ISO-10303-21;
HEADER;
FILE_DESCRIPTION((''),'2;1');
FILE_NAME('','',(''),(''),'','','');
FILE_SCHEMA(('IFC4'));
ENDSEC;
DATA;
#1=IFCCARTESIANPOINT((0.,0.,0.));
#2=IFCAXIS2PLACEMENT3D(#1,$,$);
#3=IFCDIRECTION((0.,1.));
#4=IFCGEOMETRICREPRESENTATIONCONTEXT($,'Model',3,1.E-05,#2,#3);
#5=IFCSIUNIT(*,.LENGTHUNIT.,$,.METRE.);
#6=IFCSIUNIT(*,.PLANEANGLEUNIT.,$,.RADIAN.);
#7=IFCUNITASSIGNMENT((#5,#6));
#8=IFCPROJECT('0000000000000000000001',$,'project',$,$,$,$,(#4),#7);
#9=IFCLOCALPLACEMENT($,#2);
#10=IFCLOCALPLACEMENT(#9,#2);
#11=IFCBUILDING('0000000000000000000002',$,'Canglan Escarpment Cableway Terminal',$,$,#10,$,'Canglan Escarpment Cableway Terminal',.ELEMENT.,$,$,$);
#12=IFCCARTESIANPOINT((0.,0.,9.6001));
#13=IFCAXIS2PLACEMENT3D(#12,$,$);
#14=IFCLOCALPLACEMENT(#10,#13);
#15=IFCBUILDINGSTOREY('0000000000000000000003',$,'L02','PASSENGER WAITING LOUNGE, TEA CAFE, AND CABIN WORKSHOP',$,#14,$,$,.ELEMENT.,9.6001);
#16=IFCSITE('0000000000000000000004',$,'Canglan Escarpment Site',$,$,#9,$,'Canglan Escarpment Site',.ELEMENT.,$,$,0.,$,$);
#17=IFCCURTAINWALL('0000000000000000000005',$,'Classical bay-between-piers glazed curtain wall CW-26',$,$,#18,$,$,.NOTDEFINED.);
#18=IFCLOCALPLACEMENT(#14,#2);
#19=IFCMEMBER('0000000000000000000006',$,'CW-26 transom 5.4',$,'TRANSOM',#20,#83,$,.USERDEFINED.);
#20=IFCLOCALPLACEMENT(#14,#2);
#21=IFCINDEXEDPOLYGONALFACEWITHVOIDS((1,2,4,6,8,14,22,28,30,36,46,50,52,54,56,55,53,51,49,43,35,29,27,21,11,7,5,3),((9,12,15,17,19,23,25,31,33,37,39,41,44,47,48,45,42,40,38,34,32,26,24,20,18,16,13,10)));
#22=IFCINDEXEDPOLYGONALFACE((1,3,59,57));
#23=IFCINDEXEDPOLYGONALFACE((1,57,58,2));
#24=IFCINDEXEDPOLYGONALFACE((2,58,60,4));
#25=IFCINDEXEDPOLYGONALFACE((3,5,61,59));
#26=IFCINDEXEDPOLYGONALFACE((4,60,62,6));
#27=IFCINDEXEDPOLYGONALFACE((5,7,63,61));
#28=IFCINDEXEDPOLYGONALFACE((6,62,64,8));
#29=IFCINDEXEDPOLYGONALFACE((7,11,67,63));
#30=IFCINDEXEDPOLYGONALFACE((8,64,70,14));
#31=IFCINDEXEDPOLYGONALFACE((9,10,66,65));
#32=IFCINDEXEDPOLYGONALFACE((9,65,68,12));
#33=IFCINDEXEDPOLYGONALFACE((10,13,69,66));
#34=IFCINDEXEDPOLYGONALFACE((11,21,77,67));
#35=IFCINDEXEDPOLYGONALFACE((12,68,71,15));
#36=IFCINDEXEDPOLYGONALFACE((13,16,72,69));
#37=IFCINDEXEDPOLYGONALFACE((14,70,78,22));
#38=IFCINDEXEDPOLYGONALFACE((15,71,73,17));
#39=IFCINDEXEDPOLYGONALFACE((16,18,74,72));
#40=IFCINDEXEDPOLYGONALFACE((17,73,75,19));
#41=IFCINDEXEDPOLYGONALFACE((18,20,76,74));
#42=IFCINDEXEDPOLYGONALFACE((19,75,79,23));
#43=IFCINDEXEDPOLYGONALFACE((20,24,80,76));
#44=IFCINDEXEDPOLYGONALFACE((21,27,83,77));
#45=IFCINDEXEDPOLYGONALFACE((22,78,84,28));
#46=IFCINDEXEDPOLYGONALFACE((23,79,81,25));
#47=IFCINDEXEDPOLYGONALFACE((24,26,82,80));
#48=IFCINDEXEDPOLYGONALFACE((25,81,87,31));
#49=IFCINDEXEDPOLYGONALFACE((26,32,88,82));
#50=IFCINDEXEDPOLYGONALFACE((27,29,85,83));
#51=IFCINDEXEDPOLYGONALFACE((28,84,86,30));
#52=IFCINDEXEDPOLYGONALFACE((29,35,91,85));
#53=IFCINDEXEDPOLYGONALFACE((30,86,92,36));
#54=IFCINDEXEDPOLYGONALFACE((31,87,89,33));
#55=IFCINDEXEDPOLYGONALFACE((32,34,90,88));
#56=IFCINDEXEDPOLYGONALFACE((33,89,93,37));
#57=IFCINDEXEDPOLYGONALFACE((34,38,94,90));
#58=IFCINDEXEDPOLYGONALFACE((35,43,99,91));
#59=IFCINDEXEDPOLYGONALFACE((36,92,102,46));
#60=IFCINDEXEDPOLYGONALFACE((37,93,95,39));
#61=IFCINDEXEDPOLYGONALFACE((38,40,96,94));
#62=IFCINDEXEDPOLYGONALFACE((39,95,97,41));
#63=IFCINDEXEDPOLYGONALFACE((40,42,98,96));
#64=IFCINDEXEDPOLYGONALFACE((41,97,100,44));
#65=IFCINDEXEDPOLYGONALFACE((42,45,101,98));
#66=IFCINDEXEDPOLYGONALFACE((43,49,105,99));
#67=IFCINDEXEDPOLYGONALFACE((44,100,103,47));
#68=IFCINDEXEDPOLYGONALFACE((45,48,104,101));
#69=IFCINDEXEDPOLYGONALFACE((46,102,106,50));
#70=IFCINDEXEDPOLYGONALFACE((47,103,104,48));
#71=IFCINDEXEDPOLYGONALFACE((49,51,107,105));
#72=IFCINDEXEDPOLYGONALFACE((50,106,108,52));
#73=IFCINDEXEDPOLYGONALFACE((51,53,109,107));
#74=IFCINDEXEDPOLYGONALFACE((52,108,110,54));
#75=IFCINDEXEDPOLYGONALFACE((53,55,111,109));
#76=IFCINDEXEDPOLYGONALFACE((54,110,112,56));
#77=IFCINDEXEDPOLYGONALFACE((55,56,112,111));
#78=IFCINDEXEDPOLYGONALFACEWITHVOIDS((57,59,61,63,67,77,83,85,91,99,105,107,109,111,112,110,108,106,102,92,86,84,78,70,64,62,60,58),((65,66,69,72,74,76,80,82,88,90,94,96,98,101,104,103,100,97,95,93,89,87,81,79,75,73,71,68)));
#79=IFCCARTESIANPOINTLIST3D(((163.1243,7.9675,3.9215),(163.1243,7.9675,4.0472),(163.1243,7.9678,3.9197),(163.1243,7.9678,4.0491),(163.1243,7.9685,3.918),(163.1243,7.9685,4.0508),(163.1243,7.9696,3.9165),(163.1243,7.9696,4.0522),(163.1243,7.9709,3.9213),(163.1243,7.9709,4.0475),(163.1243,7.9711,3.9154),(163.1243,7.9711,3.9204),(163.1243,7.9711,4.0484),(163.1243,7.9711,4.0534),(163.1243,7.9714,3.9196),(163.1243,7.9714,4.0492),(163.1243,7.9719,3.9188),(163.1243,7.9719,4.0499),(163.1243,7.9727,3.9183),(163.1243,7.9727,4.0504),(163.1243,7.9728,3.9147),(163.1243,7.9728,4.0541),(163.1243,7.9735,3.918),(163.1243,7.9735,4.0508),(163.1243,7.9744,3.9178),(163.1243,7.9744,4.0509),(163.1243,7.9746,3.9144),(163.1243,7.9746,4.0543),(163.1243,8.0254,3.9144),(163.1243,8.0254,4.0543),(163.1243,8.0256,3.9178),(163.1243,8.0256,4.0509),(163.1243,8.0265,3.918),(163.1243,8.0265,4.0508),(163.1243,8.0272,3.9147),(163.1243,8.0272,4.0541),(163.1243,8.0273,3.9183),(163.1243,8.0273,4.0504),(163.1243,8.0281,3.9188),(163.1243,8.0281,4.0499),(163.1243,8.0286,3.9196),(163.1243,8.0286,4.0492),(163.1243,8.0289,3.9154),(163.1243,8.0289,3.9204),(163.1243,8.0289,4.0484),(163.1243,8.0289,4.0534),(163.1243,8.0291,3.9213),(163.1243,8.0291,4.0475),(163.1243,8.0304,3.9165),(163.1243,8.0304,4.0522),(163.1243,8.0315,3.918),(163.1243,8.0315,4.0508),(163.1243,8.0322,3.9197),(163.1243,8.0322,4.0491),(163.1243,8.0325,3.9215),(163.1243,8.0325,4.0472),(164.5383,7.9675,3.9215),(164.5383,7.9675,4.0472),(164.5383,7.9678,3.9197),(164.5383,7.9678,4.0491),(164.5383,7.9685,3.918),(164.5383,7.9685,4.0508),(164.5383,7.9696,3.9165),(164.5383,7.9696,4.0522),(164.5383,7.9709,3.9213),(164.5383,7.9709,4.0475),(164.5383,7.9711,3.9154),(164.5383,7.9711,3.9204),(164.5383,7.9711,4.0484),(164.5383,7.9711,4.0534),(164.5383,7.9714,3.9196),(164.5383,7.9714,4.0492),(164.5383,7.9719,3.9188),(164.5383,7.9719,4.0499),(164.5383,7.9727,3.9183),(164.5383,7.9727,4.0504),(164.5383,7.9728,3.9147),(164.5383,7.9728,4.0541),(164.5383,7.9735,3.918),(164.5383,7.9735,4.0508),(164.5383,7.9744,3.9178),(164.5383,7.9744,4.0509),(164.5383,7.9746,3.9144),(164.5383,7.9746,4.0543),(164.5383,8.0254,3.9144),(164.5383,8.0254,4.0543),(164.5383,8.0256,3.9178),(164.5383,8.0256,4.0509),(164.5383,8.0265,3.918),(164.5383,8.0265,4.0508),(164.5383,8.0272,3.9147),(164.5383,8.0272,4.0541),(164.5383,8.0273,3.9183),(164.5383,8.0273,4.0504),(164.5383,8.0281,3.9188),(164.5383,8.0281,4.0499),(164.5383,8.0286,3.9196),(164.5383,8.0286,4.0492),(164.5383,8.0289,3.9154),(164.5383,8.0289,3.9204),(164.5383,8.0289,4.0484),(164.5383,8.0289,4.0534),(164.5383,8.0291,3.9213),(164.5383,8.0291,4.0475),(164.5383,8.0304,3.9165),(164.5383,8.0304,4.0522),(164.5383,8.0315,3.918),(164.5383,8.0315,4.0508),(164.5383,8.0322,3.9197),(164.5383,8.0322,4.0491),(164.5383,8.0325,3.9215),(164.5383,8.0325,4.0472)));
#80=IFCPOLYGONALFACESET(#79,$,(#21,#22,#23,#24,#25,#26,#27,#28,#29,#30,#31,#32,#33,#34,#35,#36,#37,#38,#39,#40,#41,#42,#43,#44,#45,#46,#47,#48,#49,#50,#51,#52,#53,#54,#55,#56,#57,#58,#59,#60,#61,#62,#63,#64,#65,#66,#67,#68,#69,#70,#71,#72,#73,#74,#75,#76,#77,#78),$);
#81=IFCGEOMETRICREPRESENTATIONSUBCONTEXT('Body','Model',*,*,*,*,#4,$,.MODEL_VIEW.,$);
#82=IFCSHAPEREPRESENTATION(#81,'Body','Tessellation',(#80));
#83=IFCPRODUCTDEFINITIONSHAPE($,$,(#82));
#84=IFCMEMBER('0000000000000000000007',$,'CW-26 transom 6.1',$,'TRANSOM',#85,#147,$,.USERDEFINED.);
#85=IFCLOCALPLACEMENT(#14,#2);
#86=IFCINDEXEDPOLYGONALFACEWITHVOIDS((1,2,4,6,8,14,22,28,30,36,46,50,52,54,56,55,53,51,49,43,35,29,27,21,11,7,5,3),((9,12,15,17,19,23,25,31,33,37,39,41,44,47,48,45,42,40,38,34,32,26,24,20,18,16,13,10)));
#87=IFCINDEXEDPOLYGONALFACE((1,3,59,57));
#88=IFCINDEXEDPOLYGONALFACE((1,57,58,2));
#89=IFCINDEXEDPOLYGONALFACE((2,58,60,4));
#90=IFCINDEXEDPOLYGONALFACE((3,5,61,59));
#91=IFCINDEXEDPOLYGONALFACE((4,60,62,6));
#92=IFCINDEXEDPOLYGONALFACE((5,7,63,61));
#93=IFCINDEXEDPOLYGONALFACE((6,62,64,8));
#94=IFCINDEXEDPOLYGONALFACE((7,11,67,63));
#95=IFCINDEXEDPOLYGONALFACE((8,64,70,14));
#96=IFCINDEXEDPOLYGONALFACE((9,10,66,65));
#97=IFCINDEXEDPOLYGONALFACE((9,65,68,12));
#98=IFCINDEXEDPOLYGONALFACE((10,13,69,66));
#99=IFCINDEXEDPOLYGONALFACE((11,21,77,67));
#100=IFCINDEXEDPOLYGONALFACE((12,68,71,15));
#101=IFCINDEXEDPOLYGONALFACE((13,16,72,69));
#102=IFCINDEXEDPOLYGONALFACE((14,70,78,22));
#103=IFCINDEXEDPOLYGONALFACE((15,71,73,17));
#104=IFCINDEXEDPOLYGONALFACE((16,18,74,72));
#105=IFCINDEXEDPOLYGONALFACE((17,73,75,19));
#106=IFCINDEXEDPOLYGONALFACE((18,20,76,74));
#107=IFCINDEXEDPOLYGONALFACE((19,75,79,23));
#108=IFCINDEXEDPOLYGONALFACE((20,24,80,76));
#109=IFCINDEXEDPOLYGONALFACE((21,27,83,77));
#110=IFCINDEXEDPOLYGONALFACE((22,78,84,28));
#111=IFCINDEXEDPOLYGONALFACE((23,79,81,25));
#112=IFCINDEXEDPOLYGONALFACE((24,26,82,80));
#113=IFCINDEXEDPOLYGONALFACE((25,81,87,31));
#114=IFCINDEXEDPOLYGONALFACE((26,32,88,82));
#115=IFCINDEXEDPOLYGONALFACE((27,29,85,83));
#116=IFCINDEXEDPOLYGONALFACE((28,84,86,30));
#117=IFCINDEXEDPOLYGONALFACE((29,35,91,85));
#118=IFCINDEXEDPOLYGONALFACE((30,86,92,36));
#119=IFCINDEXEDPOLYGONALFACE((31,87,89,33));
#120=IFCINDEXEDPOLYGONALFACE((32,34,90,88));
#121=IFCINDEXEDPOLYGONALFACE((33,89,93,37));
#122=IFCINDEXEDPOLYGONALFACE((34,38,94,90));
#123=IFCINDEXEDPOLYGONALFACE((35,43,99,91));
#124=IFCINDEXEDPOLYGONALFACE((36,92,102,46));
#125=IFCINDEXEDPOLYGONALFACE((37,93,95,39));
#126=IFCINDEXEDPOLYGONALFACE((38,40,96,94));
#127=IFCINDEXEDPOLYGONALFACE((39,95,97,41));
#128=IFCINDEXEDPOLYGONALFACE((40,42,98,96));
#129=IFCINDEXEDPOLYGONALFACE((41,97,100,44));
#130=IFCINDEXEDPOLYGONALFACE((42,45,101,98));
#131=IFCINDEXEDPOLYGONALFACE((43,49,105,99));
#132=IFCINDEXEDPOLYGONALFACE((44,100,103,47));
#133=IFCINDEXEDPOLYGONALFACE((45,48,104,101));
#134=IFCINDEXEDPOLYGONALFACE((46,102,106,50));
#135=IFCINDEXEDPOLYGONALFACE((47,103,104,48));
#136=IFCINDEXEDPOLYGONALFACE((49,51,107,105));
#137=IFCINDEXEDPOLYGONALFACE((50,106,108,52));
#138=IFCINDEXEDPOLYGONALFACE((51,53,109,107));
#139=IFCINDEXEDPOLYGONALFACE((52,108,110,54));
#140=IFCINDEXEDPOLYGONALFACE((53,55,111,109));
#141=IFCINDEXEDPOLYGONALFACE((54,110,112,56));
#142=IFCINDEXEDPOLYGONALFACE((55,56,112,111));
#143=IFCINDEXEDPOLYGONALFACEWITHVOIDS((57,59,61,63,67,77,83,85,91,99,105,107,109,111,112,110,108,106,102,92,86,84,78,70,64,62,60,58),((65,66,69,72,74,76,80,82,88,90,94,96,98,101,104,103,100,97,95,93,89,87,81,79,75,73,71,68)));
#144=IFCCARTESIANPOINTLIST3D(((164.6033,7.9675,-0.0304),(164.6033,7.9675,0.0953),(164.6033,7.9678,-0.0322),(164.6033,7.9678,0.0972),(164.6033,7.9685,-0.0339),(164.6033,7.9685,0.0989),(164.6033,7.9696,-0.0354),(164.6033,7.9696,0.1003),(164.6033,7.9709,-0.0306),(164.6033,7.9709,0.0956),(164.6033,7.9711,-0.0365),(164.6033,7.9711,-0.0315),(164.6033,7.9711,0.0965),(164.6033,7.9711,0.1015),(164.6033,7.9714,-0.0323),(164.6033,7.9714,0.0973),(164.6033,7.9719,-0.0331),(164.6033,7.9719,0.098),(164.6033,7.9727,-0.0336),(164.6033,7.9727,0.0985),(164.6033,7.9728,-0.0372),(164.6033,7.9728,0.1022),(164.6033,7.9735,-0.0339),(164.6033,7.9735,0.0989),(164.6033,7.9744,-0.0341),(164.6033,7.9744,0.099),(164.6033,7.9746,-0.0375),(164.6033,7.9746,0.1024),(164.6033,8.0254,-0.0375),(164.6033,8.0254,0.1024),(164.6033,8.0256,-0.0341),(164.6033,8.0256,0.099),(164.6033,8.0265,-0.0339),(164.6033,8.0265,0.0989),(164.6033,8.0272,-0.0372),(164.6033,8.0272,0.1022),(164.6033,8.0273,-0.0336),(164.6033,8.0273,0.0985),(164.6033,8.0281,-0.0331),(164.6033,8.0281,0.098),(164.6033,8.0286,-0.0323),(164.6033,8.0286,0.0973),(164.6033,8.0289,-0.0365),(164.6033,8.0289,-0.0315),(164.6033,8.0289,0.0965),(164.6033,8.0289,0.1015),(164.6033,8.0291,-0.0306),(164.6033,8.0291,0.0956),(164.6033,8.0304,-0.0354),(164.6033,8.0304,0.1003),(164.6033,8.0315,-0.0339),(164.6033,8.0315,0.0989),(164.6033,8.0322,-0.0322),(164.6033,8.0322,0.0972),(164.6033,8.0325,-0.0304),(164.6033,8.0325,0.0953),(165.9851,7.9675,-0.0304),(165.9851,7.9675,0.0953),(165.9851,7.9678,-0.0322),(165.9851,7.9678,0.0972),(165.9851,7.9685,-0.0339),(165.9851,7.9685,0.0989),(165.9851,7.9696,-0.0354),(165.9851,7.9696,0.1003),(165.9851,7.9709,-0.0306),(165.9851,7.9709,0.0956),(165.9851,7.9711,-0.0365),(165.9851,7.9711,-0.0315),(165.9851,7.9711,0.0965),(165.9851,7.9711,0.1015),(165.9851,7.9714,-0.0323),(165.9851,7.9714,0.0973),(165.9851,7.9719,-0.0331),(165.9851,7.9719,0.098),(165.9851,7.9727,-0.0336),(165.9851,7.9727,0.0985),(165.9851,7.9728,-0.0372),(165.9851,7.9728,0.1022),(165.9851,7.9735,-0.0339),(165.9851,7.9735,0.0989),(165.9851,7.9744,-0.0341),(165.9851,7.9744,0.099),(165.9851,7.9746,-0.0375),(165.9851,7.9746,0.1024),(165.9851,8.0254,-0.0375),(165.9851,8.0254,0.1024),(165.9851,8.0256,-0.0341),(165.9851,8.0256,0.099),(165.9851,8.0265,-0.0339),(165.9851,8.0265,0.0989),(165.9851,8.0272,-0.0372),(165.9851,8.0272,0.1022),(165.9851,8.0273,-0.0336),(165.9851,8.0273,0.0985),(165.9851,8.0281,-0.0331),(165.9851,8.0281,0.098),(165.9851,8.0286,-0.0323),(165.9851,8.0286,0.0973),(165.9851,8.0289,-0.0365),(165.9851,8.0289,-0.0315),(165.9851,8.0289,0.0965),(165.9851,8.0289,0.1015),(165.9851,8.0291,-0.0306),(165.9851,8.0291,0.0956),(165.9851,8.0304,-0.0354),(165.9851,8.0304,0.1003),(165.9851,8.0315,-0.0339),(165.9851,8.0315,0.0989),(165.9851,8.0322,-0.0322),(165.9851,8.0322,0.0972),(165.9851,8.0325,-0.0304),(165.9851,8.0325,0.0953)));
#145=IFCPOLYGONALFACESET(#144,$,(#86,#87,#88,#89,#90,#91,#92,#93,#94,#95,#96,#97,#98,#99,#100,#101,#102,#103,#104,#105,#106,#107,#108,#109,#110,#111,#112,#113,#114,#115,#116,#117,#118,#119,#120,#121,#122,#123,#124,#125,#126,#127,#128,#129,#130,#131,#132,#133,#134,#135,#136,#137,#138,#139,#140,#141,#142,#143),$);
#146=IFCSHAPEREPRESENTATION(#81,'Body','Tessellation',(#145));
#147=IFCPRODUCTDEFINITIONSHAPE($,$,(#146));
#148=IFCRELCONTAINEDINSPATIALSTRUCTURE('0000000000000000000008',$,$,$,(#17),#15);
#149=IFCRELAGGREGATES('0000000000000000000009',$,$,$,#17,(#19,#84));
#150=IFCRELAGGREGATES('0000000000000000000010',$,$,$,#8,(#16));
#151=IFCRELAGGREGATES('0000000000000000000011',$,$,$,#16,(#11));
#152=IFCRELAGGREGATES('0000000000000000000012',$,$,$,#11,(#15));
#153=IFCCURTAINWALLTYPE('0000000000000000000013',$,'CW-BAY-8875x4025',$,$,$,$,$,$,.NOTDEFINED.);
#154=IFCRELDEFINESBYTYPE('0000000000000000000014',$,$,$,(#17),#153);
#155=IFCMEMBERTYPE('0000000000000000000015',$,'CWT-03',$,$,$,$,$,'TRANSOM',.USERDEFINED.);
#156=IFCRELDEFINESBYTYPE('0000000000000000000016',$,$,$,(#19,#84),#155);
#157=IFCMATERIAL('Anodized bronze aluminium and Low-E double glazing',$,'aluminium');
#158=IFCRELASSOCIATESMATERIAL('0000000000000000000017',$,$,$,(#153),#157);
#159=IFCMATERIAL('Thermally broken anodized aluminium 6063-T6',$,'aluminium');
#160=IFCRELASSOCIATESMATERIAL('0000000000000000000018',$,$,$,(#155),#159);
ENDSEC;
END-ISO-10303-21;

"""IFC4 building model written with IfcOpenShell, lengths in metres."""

from ifc_helpers import new_model, si_unit, direction, frame, origin, origin_2d, place, context, subcontext, project, spatial, hollow_rectangle, extrude, material, material_profile, profile_set, type_object, element, aggregate, save


model = new_model("IFC4")

# Units and contexts
model_context = context("Model", 3, precision=1e-05, world=origin(), true_north=direction((0.0, 1.0)))
body_context = subcontext(model_context, "Body", "Model", "MODEL_VIEW")
ifc_project = project(units=[si_unit("LENGTHUNIT", "METRE"), si_unit("PLANEANGLEUNIT", "RADIAN")], contexts=[model_context])

# Site, building, storey
site_placement = place(None, origin())
site = spatial("IfcSite", under=ifc_project, at=site_placement, Name="Canglan Escarpment Site", LongName="Canglan Escarpment Site", CompositionType="ELEMENT", RefElevation=0.0)
building_placement = place(site_placement, origin())
building = spatial("IfcBuilding", under=site, at=building_placement, Name="Canglan Escarpment Cableway Terminal", LongName="Canglan Escarpment Cableway Terminal", CompositionType="ELEMENT")
storey_placement = place(building_placement, frame((0.0, 0.0, 9.6001)))
storey = spatial("IfcBuildingStorey", under=building, at=storey_placement, Name="L02", Description="PASSENGER WAITING LOUNGE, TEA CAFE, AND CABIN WORKSHOP", CompositionType="ELEMENT", Elevation=9.6001)

# Curtain wall
ifc_material_1 = material(Name="Anodized bronze aluminium and Low-E double glazing", Category="aluminium")
ifc_material_2 = material(Name="Thermally broken anodized aluminium 6063-T6", Category="aluminium")
curtain_wall_type_1 = type_object("IfcCurtainWallType", Name="CW-BAY-8875x4025", PredefinedType="NOTDEFINED", material=ifc_material_1)
curtain_wall_1_placement = place(storey_placement, origin())
curtain_wall_1 = element("IfcCurtainWall", 1, at=curtain_wall_1_placement, inside=storey, type_object=curtain_wall_type_1, Name="Classical bay-between-piers glazed curtain wall CW-26", PredefinedType="NOTDEFINED")

# Members
ifc_material_profile_1 = material_profile(ifc_material_2, hollow_rectangle(XDim=0.0649, YDim=0.1399, WallThickness=0.0034, InnerFilletRadius=0.0034, OuterFilletRadius=0.0071, at=origin_2d()), Name="ALU-TRAN 65x140x3.5")
ifc_profile_set_1 = profile_set([ifc_material_profile_1], Name="Thermally broken anodized aluminium 6063-T6")
member_type_1 = type_object("IfcMemberType", Name="CWT-03", ElementType="TRANSOM", PredefinedType="USERDEFINED", material=ifc_profile_set_1)
member_1_placement = place(storey_placement, frame((163.1243, 8.0, 3.9844), z_axis=(1.0, 0.0, 0.0), x_axis=(0.0, 1.0, 0.0)))
member_1 = element("IfcMember", 2, at=member_1_placement, type_object=member_type_1, Name="CW-26 transom 5.4", ObjectType="TRANSOM", PredefinedType="USERDEFINED", context=body_context, shape_type="SweptSolid", body=[
    extrude(hollow_rectangle(XDim=0.0649, YDim=0.1399, WallThickness=0.0034, InnerFilletRadius=0.0034, OuterFilletRadius=0.0071, at=origin_2d()), origin(), (0.0, 0.0, 1.0), 1.4141),
])
member_2_placement = place(storey_placement, frame((164.6033, 8.0, 0.0325), z_axis=(1.0, 0.0, 0.0), x_axis=(0.0, 1.0, 0.0)))
member_2 = element("IfcMember", 3, at=member_2_placement, type_object=member_type_1, Name="CW-26 transom 6.1", ObjectType="TRANSOM", PredefinedType="USERDEFINED", context=body_context, shape_type="SweptSolid", body=[
    extrude(hollow_rectangle(XDim=0.0649, YDim=0.1399, WallThickness=0.0034, InnerFilletRadius=0.0034, OuterFilletRadius=0.0071, at=origin_2d()), origin(), (0.0, 0.0, 1.0), 1.3818),
])

aggregate(curtain_wall_1, [member_1, member_2])

save(model, "model.ifc")
